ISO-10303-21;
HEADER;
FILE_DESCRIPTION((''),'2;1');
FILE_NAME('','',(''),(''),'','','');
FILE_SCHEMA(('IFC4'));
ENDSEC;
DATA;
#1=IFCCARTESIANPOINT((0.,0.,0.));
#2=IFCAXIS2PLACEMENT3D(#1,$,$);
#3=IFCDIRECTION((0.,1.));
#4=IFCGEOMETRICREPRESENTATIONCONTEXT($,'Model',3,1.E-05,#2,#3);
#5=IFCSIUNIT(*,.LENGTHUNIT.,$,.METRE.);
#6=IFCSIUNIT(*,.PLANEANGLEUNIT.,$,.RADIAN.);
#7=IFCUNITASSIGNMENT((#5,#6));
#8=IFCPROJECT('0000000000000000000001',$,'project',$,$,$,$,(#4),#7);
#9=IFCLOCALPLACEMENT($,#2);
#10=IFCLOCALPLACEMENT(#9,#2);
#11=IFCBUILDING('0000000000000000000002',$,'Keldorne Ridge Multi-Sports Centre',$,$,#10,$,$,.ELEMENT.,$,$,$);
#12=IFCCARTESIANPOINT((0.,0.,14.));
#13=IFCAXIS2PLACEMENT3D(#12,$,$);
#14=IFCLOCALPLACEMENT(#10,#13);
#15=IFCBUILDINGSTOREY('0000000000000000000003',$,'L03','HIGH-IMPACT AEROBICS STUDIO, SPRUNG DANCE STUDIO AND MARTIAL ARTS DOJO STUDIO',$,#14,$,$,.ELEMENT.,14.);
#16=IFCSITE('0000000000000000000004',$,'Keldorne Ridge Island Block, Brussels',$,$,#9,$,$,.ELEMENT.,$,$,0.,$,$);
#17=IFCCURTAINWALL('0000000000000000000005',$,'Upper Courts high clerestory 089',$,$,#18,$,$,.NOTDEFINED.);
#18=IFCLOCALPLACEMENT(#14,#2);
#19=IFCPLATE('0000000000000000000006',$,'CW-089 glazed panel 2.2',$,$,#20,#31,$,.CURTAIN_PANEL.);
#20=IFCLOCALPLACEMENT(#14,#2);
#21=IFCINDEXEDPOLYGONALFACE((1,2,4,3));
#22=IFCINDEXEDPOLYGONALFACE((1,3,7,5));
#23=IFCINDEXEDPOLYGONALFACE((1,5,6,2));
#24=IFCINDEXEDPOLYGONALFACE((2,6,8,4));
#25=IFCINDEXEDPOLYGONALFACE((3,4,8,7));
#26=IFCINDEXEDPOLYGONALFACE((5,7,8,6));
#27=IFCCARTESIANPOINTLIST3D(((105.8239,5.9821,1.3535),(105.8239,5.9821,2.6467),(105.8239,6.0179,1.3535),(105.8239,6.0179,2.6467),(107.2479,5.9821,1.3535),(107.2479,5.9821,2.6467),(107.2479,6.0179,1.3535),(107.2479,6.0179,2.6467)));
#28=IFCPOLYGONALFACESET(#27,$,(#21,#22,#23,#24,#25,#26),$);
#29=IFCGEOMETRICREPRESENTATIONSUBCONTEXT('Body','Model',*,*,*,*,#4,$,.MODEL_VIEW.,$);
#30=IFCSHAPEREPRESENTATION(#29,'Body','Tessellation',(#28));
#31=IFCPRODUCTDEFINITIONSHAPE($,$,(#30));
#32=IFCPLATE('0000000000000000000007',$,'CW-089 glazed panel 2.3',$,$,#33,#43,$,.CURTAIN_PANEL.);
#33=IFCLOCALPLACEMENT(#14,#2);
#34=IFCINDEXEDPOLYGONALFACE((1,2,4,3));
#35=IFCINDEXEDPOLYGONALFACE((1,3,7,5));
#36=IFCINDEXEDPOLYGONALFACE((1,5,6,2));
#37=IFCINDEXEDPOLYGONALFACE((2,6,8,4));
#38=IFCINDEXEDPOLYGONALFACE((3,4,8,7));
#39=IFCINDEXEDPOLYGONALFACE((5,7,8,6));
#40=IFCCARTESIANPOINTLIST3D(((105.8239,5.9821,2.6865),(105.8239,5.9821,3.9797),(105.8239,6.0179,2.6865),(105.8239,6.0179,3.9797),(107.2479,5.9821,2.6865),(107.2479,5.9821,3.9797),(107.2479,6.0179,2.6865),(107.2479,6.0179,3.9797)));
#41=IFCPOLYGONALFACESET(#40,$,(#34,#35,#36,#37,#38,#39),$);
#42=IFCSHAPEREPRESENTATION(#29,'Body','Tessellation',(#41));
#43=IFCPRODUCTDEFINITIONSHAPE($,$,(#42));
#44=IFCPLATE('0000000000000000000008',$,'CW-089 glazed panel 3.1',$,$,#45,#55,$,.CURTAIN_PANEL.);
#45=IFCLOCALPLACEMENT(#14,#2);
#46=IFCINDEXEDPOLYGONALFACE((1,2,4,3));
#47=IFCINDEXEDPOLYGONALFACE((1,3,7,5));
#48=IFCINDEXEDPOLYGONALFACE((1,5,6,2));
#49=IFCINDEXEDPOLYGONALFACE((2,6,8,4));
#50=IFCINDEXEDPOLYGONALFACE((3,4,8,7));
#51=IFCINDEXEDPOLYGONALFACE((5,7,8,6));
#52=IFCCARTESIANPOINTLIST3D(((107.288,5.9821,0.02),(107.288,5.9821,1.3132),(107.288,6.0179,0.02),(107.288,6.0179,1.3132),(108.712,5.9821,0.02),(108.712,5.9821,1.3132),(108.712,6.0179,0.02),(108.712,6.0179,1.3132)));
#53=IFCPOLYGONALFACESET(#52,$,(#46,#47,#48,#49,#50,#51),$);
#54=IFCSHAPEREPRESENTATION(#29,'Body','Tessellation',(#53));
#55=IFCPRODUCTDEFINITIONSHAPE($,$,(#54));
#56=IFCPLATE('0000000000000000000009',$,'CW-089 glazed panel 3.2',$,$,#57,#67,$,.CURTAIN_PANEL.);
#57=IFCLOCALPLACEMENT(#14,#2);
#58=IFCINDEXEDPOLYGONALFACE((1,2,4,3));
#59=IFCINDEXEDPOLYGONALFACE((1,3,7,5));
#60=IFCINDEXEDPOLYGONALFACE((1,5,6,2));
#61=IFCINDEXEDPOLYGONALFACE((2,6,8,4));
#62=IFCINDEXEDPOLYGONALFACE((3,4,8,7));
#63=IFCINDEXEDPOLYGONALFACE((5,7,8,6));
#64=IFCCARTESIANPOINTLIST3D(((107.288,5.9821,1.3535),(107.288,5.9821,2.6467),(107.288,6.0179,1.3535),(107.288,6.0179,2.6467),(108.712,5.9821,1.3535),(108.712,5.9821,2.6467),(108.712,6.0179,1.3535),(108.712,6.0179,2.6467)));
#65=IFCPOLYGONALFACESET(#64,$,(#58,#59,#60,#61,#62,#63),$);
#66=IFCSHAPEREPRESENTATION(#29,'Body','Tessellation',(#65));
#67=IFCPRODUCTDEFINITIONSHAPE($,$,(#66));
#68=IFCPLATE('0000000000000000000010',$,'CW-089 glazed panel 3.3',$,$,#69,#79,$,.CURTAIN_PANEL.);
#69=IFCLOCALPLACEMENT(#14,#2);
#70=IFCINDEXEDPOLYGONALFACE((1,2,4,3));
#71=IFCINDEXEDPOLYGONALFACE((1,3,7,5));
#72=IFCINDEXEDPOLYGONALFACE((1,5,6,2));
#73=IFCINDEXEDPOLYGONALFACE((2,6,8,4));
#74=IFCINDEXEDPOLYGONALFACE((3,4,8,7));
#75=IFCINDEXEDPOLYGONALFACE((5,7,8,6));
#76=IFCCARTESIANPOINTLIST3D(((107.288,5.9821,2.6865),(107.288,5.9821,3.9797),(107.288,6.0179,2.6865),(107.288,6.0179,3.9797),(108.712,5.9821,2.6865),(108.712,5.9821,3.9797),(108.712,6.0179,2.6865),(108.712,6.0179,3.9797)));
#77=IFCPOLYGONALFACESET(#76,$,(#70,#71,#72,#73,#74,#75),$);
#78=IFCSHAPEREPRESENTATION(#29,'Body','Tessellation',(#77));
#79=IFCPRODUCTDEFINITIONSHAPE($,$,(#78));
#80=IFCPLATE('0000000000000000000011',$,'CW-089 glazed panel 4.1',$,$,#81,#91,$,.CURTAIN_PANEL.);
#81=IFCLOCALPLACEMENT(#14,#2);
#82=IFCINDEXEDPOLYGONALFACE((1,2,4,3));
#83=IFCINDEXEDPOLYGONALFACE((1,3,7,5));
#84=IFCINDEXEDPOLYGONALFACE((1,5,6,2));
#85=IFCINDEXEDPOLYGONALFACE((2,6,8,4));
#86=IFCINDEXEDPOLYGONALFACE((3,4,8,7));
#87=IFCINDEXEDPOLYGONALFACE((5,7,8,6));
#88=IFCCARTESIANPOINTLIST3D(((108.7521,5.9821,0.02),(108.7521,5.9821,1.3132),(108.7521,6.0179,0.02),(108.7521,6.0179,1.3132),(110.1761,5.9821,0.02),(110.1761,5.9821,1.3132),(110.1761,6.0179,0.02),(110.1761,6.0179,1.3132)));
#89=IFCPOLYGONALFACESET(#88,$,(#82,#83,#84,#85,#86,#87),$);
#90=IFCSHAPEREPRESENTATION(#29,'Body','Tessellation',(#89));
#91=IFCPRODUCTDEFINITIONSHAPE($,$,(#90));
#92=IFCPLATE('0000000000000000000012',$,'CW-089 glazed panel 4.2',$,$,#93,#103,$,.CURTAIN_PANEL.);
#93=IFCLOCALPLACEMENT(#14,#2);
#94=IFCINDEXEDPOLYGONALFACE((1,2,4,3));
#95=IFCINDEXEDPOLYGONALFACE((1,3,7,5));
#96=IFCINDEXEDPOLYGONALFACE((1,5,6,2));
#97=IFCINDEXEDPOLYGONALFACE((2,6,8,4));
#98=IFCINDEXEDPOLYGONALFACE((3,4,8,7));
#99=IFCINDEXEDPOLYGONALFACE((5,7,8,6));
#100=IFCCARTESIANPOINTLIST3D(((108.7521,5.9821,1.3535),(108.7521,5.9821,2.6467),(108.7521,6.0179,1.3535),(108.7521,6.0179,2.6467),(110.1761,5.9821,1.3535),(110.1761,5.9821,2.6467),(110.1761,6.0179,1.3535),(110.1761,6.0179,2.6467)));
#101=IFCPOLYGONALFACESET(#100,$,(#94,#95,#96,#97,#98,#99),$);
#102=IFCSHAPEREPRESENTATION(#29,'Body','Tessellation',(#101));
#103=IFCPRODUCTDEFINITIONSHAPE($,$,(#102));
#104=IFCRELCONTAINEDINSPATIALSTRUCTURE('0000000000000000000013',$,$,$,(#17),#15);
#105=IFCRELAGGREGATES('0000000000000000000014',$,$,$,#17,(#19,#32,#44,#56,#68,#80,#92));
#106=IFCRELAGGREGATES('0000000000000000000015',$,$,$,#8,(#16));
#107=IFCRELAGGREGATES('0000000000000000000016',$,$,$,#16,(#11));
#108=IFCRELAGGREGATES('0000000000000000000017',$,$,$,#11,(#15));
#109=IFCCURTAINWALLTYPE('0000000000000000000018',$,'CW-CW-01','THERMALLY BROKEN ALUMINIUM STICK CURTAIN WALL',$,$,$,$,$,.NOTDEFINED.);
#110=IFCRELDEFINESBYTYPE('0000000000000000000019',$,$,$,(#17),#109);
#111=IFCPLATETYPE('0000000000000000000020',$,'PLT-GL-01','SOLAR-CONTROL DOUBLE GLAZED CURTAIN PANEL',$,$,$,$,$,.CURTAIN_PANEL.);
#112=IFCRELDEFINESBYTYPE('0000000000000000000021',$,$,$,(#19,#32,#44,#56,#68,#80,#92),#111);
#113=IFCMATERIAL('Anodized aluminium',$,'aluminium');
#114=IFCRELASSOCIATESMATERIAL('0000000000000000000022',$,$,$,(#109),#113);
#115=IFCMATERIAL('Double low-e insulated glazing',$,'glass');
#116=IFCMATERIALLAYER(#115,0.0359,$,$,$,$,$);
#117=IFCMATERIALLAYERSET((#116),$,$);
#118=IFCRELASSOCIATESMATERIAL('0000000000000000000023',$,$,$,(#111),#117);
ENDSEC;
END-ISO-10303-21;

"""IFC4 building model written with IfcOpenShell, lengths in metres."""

from ifc_helpers import new_model, si_unit, direction, frame, origin, origin_2d, place, context, subcontext, project, spatial, rectangle, extrude, material, layer, layer_set, type_object, element, aggregate, save


model = new_model("IFC4")

# Units and contexts
model_context = context("Model", 3, precision=1e-05, world=origin(), true_north=direction((0.0, 1.0)))
body_context = subcontext(model_context, "Body", "Model", "MODEL_VIEW")
ifc_project = project(units=[si_unit("LENGTHUNIT", "METRE"), si_unit("PLANEANGLEUNIT", "RADIAN")], contexts=[model_context])

# Site, building, storey
site_placement = place(None, origin())
site = spatial("IfcSite", under=ifc_project, at=site_placement, Name="Keldorne Ridge Island Block, Brussels", CompositionType="ELEMENT", RefElevation=0.0)
building_placement = place(site_placement, origin())
building = spatial("IfcBuilding", under=site, at=building_placement, Name="Keldorne Ridge Multi-Sports Centre", CompositionType="ELEMENT")
storey_placement = place(building_placement, frame((0.0, 0.0, 14.0)))
storey = spatial("IfcBuildingStorey", under=building, at=storey_placement, Name="L03", Description="HIGH-IMPACT AEROBICS STUDIO, SPRUNG DANCE STUDIO AND MARTIAL ARTS DOJO STUDIO", CompositionType="ELEMENT", Elevation=14.0)

# Curtain wall, plates
ifc_material_1 = material(Name="Anodized aluminium", Category="aluminium")
curtain_wall_type = type_object("IfcCurtainWallType", Name="CW-CW-01", Description="THERMALLY BROKEN ALUMINIUM STICK CURTAIN WALL", PredefinedType="NOTDEFINED", material=ifc_material_1)
curtain_wall_placement = place(storey_placement, origin())
curtain_wall = element("IfcCurtainWall", 1, at=curtain_wall_placement, inside=storey, type_object=curtain_wall_type, Name="Upper Courts high clerestory 089", PredefinedType="NOTDEFINED")
ifc_material_2 = material(Name="Double low-e insulated glazing", Category="glass")
ifc_layer = layer(ifc_material_2, 0.0359)
ifc_layer_set = layer_set([ifc_layer])
plate_type = type_object("IfcPlateType", Name="PLT-GL-01", Description="SOLAR-CONTROL DOUBLE GLAZED CURTAIN PANEL", PredefinedType="CURTAIN_PANEL", material=ifc_layer_set)
plate_1_placement = place(storey_placement, frame((106.5359, 6.0, 1.3535), z_axis=(0.0, 0.0, 1.0), x_axis=(1.0, 0.0, 0.0)))
plate_1 = element("IfcPlate", 2, at=plate_1_placement, type_object=plate_type, Name="CW-089 glazed panel 2.2", PredefinedType="CURTAIN_PANEL", context=body_context, shape_type="SweptSolid", body=[
    extrude(rectangle(XDim=1.4241, YDim=0.0359, at=origin_2d()), origin(), (0.0, 0.0, 1.0), 1.2932),
])
plate_2_placement = place(storey_placement, frame((106.5359, 6.0, 2.6865), z_axis=(0.0, 0.0, 1.0), x_axis=(1.0, 0.0, 0.0)))
plate_2 = element("IfcPlate", 3, at=plate_2_placement, type_object=plate_type, Name="CW-089 glazed panel 2.3", PredefinedType="CURTAIN_PANEL", context=body_context, shape_type="SweptSolid", body=[
    extrude(rectangle(XDim=1.4241, YDim=0.0359, at=origin_2d()), origin(), (0.0, 0.0, 1.0), 1.2932),
])
plate_3_placement = place(storey_placement, frame((108.0, 6.0, 0.02), z_axis=(0.0, 0.0, 1.0), x_axis=(1.0, 0.0, 0.0)))
plate_3 = element("IfcPlate", 4, at=plate_3_placement, type_object=plate_type, Name="CW-089 glazed panel 3.1", PredefinedType="CURTAIN_PANEL", context=body_context, shape_type="SweptSolid", body=[
    extrude(rectangle(XDim=1.4241, YDim=0.0359, at=origin_2d()), origin(), (0.0, 0.0, 1.0), 1.2932),
])
plate_4_placement = place(storey_placement, frame((108.0, 6.0, 1.3535), z_axis=(0.0, 0.0, 1.0), x_axis=(1.0, 0.0, 0.0)))
plate_4 = element("IfcPlate", 5, at=plate_4_placement, type_object=plate_type, Name="CW-089 glazed panel 3.2", PredefinedType="CURTAIN_PANEL", context=body_context, shape_type="SweptSolid", body=[
    extrude(rectangle(XDim=1.4241, YDim=0.0359, at=origin_2d()), origin(), (0.0, 0.0, 1.0), 1.2932),
])
plate_5_placement = place(storey_placement, frame((108.0, 6.0, 2.6865), z_axis=(0.0, 0.0, 1.0), x_axis=(1.0, 0.0, 0.0)))
plate_5 = element("IfcPlate", 6, at=plate_5_placement, type_object=plate_type, Name="CW-089 glazed panel 3.3", PredefinedType="CURTAIN_PANEL", context=body_context, shape_type="SweptSolid", body=[
    extrude(rectangle(XDim=1.4241, YDim=0.0359, at=origin_2d()), origin(), (0.0, 0.0, 1.0), 1.2932),
])
plate_6_placement = place(storey_placement, frame((109.4641, 6.0, 0.02), z_axis=(0.0, 0.0, 1.0), x_axis=(1.0, 0.0, 0.0)))
plate_6 = element("IfcPlate", 7, at=plate_6_placement, type_object=plate_type, Name="CW-089 glazed panel 4.1", PredefinedType="CURTAIN_PANEL", context=body_context, shape_type="SweptSolid", body=[
    extrude(rectangle(XDim=1.4241, YDim=0.0359, at=origin_2d()), origin(), (0.0, 0.0, 1.0), 1.2932),
])
plate_7_placement = place(storey_placement, frame((109.4641, 6.0, 1.3535), z_axis=(0.0, 0.0, 1.0), x_axis=(1.0, 0.0, 0.0)))
plate_7 = element("IfcPlate", 8, at=plate_7_placement, type_object=plate_type, Name="CW-089 glazed panel 4.2", PredefinedType="CURTAIN_PANEL", context=body_context, shape_type="SweptSolid", body=[
    extrude(rectangle(XDim=1.4241, YDim=0.0359, at=origin_2d()), origin(), (0.0, 0.0, 1.0), 1.2932),
])
aggregate(curtain_wall, [plate_1, plate_2, plate_3, plate_4, plate_5, plate_6, plate_7])

save(model, "model.ifc")
